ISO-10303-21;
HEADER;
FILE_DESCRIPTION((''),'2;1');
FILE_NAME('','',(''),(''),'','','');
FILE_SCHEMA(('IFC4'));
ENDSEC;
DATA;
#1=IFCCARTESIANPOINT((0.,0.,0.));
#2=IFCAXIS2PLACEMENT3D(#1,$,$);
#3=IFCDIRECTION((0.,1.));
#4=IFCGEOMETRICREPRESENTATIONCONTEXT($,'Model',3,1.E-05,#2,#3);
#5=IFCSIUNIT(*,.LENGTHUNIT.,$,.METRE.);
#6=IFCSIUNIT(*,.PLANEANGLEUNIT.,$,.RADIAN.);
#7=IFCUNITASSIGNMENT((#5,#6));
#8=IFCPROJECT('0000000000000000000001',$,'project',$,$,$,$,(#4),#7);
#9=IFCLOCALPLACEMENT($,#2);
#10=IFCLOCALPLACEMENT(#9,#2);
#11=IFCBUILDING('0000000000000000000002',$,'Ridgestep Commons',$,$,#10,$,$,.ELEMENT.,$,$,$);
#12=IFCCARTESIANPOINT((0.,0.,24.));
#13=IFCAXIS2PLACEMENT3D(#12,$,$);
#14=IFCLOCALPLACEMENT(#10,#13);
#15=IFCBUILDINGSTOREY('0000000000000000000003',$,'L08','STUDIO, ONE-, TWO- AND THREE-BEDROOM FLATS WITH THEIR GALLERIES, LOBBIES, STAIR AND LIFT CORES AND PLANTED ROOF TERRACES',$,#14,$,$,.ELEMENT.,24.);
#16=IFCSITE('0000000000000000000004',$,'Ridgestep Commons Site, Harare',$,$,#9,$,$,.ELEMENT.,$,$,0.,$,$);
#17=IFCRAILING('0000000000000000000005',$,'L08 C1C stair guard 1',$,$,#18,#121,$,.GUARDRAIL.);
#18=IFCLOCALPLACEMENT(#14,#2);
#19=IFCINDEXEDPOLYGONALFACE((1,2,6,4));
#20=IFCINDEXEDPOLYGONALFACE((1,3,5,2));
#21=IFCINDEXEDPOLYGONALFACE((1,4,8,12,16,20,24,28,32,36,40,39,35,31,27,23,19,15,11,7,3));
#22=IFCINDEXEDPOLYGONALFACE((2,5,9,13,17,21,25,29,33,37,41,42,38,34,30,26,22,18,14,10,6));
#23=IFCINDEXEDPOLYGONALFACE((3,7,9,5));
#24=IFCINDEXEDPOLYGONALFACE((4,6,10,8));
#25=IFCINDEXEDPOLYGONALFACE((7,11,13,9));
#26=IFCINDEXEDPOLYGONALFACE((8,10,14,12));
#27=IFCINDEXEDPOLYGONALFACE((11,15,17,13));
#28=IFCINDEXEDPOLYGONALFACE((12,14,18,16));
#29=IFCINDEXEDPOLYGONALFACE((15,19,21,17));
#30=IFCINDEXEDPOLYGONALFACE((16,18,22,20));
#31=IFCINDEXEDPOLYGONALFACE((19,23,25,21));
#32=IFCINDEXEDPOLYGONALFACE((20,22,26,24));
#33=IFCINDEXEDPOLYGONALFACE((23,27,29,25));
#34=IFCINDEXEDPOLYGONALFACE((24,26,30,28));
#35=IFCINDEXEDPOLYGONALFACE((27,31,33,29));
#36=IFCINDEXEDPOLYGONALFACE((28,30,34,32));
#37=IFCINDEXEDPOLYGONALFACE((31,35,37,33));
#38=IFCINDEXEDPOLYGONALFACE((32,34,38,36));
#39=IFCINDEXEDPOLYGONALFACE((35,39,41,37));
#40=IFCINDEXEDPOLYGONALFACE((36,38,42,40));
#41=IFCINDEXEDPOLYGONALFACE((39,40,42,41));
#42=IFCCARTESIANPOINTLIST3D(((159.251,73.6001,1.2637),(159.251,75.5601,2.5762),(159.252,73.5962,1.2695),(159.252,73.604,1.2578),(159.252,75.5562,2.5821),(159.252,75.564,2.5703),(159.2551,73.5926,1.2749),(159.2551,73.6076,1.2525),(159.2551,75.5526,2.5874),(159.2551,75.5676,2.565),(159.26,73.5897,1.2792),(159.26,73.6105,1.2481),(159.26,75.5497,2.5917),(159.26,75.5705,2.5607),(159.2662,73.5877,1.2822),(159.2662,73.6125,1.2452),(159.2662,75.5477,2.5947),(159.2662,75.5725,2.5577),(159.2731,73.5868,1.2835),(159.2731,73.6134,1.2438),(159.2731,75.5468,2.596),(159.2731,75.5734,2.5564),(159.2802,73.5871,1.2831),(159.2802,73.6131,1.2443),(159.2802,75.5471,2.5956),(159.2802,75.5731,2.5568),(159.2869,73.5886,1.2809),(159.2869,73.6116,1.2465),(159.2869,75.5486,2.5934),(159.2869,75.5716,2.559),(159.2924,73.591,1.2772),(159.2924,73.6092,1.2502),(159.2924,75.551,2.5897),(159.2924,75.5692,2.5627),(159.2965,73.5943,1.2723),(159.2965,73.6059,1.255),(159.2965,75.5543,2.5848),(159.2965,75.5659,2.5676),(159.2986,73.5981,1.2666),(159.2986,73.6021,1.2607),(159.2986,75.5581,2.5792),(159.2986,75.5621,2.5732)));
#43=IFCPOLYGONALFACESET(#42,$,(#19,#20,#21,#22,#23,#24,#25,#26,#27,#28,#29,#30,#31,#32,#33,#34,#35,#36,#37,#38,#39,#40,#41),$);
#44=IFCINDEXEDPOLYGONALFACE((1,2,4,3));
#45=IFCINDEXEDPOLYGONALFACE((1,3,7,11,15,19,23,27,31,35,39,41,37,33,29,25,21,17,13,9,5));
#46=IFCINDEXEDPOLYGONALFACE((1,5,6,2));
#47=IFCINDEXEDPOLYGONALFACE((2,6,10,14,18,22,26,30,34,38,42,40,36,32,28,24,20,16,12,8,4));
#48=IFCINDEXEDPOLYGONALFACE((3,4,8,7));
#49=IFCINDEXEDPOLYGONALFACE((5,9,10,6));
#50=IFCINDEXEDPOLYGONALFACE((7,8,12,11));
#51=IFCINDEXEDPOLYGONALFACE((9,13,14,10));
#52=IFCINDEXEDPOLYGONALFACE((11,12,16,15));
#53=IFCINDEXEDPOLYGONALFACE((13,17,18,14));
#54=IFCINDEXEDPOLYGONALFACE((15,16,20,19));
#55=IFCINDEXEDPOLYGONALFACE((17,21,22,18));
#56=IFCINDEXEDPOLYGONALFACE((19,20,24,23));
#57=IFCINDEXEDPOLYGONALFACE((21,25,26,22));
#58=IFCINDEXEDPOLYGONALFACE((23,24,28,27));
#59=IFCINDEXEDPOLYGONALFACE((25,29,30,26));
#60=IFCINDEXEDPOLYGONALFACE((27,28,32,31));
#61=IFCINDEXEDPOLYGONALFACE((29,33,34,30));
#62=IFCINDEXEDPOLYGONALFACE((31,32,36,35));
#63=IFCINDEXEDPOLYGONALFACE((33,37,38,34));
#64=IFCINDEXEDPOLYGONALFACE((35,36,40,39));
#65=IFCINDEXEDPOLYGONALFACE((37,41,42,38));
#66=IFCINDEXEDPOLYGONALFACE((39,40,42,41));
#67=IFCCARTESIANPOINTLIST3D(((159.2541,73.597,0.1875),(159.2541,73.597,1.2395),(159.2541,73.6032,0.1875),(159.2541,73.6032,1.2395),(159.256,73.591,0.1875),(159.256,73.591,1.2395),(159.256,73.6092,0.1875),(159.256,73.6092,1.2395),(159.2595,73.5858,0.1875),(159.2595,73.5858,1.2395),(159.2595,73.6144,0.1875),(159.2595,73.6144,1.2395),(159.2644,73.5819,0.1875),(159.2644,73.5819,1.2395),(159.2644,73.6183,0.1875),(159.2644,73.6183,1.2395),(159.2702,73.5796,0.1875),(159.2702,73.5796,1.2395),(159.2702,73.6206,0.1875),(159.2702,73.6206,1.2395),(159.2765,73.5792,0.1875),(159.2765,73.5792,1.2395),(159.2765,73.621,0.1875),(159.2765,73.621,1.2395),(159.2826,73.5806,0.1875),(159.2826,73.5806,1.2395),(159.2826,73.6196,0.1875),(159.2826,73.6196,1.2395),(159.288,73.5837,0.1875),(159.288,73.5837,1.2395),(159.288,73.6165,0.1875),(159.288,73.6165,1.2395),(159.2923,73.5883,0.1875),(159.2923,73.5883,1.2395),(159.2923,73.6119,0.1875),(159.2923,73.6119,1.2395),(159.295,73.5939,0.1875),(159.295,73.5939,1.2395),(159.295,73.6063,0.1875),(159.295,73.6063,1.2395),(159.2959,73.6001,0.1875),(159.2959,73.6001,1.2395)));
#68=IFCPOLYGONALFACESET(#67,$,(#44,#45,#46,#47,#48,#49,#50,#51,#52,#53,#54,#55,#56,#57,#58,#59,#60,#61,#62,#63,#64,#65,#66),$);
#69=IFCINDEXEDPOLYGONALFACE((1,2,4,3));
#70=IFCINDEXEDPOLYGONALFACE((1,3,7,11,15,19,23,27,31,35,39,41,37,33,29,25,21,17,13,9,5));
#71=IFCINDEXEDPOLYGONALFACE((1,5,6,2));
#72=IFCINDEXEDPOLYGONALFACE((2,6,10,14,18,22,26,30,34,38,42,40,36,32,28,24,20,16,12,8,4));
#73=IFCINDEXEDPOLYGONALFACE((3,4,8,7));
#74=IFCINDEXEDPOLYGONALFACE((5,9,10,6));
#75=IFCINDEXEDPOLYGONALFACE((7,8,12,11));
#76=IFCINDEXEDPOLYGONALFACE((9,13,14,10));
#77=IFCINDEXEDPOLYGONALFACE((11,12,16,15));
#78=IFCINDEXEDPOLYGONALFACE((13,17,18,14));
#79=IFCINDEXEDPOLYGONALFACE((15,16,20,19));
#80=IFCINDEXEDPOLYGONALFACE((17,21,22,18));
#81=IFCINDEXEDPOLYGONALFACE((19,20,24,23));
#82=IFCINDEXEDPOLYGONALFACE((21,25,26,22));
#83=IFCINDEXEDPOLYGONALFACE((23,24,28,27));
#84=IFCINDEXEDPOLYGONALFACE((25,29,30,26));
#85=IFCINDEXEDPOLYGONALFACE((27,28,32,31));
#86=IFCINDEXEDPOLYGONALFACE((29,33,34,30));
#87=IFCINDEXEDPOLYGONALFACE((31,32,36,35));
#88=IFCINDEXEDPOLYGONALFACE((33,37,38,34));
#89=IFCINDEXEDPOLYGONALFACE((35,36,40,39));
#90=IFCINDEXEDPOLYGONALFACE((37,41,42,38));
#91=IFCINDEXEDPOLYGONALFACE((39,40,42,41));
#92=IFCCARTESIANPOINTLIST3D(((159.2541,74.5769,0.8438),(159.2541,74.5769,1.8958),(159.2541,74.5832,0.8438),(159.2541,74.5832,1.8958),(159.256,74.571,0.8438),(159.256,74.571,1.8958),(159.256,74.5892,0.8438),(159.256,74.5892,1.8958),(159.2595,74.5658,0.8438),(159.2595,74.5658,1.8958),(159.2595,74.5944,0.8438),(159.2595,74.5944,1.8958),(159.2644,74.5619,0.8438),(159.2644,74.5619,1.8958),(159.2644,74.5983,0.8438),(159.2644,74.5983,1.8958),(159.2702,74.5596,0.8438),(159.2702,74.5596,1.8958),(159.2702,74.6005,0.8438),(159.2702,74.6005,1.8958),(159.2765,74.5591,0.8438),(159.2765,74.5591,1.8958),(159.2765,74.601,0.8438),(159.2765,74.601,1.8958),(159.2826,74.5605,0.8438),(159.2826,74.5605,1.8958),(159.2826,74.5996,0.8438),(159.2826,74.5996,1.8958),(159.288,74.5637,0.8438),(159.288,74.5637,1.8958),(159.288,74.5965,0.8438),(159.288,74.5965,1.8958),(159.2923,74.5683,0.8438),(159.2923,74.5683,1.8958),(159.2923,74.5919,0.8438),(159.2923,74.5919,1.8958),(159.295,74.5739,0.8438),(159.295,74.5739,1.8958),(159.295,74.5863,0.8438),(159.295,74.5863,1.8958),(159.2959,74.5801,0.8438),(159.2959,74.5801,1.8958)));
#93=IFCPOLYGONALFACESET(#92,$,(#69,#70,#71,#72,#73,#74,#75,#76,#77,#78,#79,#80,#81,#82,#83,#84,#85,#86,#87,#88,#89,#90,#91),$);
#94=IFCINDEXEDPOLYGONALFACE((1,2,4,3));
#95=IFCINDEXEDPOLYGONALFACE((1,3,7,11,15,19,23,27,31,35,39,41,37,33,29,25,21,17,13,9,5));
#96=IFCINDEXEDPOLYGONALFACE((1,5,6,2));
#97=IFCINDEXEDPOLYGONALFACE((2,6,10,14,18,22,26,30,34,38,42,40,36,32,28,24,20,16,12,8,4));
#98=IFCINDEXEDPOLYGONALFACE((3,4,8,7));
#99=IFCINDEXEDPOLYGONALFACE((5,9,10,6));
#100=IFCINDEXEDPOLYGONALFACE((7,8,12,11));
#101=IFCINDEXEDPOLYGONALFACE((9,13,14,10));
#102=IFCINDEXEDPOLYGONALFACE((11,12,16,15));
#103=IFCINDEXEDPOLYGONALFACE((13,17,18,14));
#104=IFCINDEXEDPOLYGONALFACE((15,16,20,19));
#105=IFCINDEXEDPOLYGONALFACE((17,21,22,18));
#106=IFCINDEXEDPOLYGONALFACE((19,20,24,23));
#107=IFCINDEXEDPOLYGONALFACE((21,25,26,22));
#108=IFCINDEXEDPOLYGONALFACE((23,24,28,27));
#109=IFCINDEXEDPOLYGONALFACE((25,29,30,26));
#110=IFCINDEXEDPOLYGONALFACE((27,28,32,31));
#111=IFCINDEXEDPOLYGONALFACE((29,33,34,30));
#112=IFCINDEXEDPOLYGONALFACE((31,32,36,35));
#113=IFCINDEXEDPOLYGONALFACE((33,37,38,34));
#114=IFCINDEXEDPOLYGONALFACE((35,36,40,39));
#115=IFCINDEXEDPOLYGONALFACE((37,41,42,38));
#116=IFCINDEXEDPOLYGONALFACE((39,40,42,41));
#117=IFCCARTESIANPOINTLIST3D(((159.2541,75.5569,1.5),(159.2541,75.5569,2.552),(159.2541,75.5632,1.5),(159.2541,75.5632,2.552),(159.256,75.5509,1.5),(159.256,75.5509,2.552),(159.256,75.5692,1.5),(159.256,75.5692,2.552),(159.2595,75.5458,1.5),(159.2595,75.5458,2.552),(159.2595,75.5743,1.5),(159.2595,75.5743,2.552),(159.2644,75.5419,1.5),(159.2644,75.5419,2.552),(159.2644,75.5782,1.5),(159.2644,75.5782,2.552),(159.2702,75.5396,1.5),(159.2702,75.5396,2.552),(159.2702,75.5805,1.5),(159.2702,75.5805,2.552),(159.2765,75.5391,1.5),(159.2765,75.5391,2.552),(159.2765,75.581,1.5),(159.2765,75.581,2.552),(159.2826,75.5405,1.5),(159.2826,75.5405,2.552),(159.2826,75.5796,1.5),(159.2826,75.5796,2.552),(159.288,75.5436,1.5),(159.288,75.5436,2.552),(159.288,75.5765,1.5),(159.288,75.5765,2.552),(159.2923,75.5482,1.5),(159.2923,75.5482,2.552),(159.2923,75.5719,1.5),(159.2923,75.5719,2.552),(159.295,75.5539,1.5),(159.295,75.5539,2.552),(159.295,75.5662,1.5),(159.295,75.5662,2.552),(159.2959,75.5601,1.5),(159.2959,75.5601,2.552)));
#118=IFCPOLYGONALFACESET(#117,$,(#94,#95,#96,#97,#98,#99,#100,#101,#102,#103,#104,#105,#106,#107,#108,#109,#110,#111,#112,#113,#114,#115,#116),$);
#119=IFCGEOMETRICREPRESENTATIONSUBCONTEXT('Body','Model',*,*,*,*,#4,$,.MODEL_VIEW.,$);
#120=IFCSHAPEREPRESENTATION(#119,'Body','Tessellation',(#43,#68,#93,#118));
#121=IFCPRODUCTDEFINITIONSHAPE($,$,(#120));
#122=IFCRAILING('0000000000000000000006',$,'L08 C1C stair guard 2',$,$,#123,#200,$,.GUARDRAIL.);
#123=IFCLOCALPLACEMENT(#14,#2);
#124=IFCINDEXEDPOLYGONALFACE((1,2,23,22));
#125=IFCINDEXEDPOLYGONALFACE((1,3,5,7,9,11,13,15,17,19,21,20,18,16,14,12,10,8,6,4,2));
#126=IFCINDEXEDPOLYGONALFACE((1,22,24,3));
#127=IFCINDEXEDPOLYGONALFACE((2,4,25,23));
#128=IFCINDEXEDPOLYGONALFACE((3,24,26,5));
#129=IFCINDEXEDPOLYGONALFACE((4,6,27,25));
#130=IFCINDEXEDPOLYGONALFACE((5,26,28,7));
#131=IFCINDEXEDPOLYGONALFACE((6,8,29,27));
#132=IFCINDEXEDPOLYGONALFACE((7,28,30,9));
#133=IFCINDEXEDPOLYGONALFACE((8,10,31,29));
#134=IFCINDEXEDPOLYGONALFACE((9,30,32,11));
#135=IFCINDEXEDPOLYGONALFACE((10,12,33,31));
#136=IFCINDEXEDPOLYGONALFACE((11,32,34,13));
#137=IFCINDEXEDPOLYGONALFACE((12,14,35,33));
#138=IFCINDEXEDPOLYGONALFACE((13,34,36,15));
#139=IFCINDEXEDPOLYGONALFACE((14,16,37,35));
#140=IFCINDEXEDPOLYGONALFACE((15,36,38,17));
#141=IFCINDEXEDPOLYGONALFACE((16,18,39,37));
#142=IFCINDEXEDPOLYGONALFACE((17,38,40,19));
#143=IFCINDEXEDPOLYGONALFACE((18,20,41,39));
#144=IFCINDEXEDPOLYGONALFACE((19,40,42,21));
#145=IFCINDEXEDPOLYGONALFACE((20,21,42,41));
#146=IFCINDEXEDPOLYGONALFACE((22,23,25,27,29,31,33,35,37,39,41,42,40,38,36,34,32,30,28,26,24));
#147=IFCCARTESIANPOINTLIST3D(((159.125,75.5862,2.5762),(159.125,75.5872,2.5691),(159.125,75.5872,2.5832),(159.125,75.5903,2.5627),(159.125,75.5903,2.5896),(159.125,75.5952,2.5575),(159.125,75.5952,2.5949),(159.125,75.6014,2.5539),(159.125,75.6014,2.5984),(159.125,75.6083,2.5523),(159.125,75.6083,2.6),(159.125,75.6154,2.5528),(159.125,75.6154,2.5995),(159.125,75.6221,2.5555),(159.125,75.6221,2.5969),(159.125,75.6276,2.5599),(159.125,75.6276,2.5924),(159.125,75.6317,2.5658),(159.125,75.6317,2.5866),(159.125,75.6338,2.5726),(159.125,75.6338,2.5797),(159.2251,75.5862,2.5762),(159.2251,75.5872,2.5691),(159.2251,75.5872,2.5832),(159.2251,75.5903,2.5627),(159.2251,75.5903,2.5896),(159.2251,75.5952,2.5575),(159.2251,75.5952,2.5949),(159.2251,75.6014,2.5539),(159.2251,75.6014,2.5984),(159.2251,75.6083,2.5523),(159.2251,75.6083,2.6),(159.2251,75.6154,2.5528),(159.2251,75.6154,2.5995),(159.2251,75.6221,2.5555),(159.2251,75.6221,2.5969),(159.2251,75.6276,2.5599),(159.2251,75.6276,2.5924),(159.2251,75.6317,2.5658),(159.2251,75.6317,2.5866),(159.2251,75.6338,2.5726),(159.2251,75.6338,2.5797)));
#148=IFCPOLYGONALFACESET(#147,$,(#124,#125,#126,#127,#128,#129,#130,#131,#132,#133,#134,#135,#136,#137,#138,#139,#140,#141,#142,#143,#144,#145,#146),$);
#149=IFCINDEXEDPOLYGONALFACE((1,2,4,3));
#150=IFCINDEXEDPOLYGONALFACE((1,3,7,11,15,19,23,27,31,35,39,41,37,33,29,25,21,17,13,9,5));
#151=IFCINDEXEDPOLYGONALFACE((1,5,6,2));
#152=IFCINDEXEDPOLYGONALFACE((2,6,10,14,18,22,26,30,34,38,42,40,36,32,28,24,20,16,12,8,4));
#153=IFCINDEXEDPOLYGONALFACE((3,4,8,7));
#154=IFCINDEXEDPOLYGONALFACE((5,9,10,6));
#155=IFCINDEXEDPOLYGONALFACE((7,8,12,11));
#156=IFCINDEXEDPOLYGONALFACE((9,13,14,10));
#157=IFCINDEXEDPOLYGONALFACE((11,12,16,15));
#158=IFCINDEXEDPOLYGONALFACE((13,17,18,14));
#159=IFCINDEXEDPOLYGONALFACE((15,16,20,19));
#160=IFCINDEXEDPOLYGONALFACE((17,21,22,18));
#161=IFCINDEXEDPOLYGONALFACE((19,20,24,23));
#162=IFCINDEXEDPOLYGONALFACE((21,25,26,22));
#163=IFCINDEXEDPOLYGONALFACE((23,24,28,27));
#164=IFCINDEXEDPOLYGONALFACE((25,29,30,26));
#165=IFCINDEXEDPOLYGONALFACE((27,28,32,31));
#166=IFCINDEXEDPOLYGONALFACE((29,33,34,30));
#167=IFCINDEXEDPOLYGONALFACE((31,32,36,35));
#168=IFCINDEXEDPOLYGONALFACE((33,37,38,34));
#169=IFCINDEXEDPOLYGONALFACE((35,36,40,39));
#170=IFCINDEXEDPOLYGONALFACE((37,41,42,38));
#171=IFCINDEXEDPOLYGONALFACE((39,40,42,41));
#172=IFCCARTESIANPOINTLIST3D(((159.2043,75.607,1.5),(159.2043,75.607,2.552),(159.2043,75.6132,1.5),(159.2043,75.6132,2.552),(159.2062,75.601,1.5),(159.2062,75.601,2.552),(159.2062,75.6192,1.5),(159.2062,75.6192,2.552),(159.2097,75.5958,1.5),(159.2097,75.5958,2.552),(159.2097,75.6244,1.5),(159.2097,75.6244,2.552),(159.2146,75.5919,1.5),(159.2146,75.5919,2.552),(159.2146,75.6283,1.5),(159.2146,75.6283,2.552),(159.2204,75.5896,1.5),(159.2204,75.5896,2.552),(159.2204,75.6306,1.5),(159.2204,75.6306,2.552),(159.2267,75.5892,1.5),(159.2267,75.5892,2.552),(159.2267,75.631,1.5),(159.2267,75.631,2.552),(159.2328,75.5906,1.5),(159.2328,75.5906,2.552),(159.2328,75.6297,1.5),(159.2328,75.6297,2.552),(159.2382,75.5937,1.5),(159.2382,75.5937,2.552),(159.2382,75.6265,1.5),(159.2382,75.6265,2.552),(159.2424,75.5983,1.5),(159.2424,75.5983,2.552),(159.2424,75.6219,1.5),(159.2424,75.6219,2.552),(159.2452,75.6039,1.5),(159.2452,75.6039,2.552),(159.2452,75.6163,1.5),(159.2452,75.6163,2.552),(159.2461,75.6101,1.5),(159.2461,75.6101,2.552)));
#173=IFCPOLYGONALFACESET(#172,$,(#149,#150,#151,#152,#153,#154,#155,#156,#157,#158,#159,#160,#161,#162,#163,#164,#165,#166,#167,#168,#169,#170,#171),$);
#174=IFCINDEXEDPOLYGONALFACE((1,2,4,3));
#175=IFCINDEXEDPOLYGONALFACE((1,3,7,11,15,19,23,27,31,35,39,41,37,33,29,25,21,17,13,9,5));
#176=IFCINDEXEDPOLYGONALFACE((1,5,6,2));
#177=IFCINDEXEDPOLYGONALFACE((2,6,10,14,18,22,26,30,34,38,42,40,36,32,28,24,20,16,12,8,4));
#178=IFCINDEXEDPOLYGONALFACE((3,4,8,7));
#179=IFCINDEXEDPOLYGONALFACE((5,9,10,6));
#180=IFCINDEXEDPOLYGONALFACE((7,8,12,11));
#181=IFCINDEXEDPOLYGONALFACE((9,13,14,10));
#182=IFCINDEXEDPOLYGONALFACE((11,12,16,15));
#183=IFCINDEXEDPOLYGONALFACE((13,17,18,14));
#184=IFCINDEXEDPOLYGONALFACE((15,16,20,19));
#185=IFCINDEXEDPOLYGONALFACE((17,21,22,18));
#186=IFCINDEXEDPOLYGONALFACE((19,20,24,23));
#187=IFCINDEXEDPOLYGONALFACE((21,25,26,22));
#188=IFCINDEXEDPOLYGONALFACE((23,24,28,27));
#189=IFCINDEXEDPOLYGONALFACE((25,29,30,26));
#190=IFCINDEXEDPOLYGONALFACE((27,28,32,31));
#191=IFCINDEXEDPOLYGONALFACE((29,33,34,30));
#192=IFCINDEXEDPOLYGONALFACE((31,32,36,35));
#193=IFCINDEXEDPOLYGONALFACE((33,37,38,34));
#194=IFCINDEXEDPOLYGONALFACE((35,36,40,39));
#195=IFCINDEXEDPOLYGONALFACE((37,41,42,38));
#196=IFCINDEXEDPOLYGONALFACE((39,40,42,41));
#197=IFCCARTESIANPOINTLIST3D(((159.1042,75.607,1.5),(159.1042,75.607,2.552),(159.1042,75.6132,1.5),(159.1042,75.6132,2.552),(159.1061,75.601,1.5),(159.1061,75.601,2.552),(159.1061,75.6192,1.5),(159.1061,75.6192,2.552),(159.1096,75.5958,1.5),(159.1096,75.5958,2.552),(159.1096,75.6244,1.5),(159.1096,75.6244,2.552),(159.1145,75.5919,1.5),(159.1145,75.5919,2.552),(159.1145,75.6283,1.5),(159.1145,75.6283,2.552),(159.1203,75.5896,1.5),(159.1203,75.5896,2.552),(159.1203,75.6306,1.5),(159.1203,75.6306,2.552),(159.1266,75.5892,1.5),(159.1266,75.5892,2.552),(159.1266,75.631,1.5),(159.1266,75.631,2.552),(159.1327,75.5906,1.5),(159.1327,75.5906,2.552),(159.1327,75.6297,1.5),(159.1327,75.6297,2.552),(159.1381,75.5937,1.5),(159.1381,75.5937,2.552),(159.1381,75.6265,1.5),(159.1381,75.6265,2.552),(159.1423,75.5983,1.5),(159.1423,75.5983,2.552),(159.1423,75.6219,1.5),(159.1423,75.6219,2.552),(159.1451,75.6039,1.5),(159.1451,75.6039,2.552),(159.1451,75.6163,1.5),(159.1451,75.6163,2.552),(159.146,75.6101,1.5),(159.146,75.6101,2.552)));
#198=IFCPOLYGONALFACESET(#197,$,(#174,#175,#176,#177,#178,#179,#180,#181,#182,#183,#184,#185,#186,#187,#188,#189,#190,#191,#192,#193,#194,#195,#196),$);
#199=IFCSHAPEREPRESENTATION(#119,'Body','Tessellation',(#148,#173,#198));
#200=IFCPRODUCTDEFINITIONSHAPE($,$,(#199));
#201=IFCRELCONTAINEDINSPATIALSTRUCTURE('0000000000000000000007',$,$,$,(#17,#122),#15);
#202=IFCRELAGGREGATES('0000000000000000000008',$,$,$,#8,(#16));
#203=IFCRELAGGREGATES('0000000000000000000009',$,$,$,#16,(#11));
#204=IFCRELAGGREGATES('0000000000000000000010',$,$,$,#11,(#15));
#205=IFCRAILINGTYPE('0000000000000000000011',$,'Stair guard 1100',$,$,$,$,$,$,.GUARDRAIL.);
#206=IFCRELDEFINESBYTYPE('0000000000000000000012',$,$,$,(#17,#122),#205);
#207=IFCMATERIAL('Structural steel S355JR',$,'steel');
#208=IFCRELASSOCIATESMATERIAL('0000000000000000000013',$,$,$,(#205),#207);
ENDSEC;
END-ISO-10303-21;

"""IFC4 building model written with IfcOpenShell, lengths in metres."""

from ifc_helpers import new_model, si_unit, direction, frame, origin, origin_2d, place, context, subcontext, project, spatial, circle, extrude, material, type_object, element, save


model = new_model("IFC4")

# Units and contexts
model_context = context("Model", 3, precision=1e-05, world=origin(), true_north=direction((0.0, 1.0)))
body_context = subcontext(model_context, "Body", "Model", "MODEL_VIEW")
ifc_project = project(units=[si_unit("LENGTHUNIT", "METRE"), si_unit("PLANEANGLEUNIT", "RADIAN")], contexts=[model_context])

# Site, building, storey
site_placement = place(None, origin())
site = spatial("IfcSite", under=ifc_project, at=site_placement, Name="Ridgestep Commons Site, Harare", CompositionType="ELEMENT", RefElevation=0.0)
building_placement = place(site_placement, origin())
building = spatial("IfcBuilding", under=site, at=building_placement, Name="Ridgestep Commons", CompositionType="ELEMENT")
storey_placement = place(building_placement, frame((0.0, 0.0, 24.0)))
storey = spatial("IfcBuildingStorey", under=building, at=storey_placement, Name="L08", Description="STUDIO, ONE-, TWO- AND THREE-BEDROOM FLATS WITH THEIR GALLERIES, LOBBIES, STAIR AND LIFT CORES AND PLANTED ROOF TERRACES", CompositionType="ELEMENT", Elevation=24.0)

# Railings
ifc_material_1 = material(Name="Structural steel S355JR", Category="steel")
railing_type_1 = type_object("IfcRailingType", Name="Stair guard 1100", PredefinedType="GUARDRAIL", material=ifc_material_1)
railing_1_placement = place(storey_placement, frame((159.2749, 73.6001, 0.1875)))
element("IfcRailing", 1, at=railing_1_placement, inside=storey, type_object=railing_type_1, Name="L08 C1C stair guard 1", PredefinedType="GUARDRAIL", context=body_context, shape_type="SweptSolid", body=[
    extrude(circle(Radius=0.0239, at=origin_2d()), frame((0.0, 0.0, 1.0762), z_axis=(0.0, 0.830902, 0.556419), x_axis=(-1.0, 0.0, 0.0)), (0.0, 0.0, 1.0), 2.3589),
    extrude(circle(Radius=0.021, at=origin_2d()), origin(), (0.0, 0.0, 1.0), 1.052),
    extrude(circle(Radius=0.021, at=origin_2d()), frame((0.0, 0.98, 0.6562)), (0.0, 0.0, 1.0), 1.052),
    extrude(circle(Radius=0.021, at=origin_2d()), frame((0.0, 1.96, 1.3125)), (0.0, 0.0, 1.0), 1.052),
])
railing_2_placement = place(storey_placement, frame((159.2251, 75.6101, 1.5)))
element("IfcRailing", 2, at=railing_2_placement, inside=storey, type_object=railing_type_1, Name="L08 C1C stair guard 2", PredefinedType="GUARDRAIL", context=body_context, shape_type="SweptSolid", body=[
    extrude(circle(Radius=0.0239, at=origin_2d()), frame((0.0, 0.0, 1.0762), z_axis=(-1.0, 0.0, 0.0), x_axis=(0.0, -1.0, 0.0)), (0.0, 0.0, 1.0), 0.1001),
    extrude(circle(Radius=0.021, at=origin_2d()), origin(), (0.0, 0.0, 1.0), 1.052),
    extrude(circle(Radius=0.021, at=origin_2d()), frame((-0.1001, 0.0, 0.0)), (0.0, 0.0, 1.0), 1.052),
])

save(model, "model.ifc")
